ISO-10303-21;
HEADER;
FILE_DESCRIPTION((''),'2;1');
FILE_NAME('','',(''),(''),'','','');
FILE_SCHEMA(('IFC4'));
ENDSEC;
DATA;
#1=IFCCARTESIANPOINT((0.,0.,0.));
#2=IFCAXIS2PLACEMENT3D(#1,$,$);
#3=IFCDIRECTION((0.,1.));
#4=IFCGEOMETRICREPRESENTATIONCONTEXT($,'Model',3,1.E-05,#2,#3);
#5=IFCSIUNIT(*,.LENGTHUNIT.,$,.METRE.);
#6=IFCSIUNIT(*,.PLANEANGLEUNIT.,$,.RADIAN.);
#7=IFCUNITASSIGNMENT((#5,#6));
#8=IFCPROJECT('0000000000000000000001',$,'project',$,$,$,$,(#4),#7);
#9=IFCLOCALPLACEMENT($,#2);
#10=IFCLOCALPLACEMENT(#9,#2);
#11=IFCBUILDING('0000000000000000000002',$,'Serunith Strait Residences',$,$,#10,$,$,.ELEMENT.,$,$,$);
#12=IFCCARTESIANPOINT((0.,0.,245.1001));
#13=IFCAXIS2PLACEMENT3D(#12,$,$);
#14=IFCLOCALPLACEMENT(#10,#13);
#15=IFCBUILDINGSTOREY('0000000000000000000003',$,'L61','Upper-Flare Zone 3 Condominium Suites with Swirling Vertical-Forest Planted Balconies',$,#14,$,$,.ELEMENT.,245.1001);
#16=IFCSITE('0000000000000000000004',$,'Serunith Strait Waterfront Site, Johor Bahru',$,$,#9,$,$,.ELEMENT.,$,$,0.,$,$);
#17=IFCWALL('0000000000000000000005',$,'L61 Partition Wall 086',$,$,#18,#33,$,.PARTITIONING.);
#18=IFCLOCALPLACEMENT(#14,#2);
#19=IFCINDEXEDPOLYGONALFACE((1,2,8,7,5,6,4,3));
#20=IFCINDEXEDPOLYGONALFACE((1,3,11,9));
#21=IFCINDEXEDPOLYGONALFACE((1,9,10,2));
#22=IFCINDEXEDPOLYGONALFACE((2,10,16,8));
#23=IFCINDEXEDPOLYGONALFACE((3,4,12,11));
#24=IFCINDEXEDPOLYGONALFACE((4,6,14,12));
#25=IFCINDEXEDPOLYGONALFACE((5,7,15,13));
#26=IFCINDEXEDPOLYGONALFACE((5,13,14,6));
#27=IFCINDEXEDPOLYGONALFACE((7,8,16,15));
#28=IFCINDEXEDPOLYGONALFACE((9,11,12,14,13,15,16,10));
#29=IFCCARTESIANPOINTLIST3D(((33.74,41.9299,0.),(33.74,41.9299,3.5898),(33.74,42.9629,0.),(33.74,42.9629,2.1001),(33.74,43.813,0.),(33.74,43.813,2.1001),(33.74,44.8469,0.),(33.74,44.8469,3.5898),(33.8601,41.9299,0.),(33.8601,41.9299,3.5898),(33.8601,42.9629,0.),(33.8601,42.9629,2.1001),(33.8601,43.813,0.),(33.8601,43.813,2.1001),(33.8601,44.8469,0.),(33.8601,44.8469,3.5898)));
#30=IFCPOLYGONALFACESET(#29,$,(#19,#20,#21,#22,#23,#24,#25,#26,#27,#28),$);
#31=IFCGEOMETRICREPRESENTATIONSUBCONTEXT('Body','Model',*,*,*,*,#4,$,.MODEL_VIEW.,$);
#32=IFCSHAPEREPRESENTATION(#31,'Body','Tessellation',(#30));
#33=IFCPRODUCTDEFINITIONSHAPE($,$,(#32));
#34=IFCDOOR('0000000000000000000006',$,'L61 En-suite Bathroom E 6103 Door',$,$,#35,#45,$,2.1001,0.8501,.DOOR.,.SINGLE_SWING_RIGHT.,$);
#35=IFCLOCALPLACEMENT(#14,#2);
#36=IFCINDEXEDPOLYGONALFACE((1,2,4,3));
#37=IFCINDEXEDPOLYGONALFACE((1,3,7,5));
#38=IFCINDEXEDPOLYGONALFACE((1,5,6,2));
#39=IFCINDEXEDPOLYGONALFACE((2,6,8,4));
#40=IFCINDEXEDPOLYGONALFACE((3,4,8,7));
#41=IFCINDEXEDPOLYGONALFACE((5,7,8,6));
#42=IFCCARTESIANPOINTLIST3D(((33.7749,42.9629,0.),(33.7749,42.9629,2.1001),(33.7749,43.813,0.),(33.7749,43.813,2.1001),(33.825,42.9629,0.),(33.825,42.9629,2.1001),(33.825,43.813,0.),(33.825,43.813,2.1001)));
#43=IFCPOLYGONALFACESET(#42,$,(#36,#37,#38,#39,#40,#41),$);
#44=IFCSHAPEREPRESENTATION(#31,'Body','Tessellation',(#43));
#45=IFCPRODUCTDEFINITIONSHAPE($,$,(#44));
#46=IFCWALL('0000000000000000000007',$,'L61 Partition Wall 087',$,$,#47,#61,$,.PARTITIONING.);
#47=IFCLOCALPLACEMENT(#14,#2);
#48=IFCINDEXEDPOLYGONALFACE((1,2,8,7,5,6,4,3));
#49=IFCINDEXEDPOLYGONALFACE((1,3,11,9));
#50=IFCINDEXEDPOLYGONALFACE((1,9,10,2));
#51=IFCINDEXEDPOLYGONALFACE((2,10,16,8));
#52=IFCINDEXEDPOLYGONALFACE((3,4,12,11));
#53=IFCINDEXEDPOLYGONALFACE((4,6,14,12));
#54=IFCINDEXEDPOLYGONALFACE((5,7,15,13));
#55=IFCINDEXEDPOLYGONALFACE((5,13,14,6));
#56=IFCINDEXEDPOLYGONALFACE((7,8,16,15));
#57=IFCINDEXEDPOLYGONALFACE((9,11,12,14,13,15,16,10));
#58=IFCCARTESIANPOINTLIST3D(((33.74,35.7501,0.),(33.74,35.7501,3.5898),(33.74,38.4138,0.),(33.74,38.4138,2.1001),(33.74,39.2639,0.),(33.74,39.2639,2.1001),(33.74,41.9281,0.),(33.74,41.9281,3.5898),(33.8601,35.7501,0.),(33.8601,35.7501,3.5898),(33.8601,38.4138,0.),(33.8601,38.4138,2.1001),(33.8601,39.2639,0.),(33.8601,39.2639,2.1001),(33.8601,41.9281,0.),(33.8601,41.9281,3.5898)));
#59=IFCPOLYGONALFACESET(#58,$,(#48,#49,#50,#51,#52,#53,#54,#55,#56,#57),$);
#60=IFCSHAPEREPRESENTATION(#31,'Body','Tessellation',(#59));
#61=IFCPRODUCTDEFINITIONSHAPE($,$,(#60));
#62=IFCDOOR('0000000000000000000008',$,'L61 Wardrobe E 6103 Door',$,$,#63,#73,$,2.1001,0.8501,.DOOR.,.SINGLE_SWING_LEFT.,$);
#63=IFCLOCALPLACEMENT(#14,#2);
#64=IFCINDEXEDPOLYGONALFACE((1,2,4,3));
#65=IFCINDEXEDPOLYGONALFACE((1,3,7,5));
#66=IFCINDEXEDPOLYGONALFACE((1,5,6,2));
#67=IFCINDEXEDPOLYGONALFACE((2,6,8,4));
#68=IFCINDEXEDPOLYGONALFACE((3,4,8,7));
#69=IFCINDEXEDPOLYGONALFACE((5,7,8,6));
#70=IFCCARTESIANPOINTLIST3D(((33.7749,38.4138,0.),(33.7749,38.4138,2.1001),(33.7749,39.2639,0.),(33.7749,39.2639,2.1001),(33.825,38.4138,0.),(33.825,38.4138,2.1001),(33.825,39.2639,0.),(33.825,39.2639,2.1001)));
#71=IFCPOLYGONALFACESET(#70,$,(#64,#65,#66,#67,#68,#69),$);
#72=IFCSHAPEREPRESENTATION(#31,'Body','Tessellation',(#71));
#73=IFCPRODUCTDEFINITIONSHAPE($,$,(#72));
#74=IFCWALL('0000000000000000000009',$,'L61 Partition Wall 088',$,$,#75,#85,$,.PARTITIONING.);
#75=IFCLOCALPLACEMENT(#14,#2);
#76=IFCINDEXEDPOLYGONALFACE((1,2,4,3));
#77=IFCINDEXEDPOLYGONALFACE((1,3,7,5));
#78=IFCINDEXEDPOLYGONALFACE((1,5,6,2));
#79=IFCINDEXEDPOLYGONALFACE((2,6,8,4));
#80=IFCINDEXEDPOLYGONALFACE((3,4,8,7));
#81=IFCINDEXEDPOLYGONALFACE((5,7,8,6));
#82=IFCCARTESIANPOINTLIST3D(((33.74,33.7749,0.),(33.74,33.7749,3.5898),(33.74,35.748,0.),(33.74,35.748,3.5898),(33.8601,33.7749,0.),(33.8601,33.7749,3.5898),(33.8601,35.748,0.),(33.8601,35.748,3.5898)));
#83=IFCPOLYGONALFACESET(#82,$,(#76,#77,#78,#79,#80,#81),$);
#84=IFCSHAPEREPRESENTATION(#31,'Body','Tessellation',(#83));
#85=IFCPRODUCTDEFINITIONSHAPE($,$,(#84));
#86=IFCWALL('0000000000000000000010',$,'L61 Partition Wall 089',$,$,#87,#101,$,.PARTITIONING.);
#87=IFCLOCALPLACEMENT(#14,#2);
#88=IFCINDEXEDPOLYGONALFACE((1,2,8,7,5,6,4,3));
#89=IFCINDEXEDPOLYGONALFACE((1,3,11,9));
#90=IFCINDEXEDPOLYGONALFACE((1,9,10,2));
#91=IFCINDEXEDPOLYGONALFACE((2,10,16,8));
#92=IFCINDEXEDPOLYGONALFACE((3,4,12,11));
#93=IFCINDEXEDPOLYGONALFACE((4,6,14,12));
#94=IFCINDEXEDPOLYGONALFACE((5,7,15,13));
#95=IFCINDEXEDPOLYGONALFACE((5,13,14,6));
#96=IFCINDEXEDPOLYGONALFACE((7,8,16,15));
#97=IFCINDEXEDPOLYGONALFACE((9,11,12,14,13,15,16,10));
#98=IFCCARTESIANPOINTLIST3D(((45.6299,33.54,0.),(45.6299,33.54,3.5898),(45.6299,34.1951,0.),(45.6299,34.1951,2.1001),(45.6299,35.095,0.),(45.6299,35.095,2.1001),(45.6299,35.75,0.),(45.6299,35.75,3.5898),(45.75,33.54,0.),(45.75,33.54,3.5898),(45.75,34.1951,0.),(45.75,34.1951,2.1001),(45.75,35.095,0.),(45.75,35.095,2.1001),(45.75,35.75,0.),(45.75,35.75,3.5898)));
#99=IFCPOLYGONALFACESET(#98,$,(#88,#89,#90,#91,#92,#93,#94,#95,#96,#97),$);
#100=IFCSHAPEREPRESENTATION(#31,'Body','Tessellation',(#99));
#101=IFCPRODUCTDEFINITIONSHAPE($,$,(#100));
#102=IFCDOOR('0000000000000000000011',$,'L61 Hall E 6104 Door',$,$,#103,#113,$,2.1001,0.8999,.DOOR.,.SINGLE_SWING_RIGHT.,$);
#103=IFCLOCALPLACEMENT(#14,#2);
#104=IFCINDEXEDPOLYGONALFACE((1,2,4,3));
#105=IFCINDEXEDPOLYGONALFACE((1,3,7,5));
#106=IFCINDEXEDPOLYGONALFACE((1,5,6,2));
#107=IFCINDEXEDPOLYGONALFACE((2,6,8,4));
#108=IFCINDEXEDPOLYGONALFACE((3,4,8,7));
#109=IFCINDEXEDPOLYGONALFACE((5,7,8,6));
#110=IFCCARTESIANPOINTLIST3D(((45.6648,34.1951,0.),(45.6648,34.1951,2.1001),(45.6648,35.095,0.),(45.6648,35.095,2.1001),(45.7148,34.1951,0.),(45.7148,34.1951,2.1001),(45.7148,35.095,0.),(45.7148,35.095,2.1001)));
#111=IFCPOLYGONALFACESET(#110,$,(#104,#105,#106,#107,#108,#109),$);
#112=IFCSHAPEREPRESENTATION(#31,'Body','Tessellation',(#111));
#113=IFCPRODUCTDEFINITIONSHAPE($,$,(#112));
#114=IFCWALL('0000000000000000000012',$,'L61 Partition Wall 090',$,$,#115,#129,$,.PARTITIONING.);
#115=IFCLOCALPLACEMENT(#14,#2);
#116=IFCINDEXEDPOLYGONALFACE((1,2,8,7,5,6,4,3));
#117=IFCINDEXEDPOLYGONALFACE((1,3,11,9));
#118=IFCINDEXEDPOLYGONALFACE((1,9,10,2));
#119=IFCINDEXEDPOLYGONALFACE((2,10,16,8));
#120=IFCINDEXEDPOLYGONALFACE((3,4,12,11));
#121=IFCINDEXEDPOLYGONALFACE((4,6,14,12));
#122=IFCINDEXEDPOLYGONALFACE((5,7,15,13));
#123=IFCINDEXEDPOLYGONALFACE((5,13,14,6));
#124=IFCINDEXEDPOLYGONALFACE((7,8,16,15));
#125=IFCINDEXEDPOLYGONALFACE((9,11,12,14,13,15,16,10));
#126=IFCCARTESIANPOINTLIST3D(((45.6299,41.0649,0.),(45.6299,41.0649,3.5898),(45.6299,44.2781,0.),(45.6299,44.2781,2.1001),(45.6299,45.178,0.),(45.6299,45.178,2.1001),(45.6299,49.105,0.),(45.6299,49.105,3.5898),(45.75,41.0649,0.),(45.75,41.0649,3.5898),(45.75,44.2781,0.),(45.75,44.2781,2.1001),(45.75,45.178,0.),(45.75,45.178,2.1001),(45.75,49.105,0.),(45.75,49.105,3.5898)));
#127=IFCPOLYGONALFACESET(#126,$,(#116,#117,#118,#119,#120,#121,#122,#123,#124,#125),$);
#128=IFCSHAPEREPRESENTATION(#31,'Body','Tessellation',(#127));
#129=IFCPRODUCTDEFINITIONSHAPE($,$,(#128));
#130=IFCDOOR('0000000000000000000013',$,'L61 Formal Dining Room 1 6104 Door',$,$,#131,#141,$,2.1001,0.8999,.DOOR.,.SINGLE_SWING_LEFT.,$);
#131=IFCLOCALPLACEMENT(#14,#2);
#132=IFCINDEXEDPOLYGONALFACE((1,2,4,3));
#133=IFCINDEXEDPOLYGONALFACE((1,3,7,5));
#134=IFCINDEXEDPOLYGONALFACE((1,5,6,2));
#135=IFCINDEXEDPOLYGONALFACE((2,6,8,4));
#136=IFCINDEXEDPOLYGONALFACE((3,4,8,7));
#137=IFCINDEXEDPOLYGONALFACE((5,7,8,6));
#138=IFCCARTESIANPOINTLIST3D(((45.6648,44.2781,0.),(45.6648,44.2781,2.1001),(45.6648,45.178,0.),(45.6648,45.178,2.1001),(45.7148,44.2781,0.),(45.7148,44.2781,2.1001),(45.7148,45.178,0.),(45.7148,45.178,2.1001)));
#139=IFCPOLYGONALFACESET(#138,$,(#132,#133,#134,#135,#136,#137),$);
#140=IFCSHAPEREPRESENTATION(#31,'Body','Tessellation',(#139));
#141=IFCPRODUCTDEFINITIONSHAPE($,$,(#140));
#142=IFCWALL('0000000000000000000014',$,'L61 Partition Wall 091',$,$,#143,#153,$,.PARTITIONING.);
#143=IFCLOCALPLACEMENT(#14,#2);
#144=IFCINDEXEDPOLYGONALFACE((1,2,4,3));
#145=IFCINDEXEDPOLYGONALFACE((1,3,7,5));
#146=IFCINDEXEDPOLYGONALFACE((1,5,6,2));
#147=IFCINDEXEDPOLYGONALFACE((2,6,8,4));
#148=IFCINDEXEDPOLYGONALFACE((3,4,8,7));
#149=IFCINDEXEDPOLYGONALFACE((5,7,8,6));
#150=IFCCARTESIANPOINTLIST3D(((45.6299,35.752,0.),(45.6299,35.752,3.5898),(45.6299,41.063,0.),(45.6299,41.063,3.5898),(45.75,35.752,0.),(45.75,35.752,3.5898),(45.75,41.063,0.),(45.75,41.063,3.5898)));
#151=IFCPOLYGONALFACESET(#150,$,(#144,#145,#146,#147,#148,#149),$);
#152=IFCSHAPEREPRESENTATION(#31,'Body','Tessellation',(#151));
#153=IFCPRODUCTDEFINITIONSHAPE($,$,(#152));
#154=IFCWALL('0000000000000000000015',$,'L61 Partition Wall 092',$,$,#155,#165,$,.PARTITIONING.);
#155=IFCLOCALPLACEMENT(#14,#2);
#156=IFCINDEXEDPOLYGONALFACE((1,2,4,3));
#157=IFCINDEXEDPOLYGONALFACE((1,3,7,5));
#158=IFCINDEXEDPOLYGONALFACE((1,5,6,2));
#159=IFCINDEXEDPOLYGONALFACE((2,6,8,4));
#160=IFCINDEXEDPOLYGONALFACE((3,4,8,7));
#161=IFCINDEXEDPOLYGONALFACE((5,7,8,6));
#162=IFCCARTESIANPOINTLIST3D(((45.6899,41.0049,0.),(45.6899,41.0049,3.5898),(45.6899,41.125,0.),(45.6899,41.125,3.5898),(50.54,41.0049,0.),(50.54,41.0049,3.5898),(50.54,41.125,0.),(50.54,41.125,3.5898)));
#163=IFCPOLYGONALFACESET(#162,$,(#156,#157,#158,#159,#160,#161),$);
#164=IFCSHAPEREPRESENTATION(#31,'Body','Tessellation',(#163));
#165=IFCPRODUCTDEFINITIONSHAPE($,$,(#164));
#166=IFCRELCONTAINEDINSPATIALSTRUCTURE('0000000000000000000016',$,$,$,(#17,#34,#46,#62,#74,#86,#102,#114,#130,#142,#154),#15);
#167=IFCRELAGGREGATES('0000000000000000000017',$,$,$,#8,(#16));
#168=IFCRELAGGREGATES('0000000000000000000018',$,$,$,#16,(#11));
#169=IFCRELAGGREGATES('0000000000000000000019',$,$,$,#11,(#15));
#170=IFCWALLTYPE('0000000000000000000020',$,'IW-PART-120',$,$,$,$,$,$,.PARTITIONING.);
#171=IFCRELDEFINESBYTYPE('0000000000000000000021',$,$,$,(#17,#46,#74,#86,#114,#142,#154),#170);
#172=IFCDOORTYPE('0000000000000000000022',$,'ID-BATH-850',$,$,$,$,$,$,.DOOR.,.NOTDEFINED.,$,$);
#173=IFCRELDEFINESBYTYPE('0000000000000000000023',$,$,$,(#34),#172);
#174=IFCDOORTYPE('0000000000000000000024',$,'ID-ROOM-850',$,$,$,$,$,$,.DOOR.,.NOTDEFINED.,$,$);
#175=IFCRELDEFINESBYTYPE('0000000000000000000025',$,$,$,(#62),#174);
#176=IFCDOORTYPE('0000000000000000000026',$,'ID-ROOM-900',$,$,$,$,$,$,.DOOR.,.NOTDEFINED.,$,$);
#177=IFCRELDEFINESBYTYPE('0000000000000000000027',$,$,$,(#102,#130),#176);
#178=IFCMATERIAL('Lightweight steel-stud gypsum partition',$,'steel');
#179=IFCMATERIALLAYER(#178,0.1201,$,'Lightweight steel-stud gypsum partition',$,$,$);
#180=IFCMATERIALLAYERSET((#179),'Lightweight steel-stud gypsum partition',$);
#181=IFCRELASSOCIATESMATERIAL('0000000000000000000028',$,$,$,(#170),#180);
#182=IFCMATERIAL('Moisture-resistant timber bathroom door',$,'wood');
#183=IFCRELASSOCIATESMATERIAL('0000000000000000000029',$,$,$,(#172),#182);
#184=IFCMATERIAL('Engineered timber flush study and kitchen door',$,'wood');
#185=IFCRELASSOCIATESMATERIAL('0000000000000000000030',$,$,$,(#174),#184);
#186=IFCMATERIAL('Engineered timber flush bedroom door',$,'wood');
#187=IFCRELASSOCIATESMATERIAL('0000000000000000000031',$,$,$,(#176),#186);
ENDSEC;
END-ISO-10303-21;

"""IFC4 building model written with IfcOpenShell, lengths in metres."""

from ifc_helpers import new_model, si_unit, direction, frame, frame_2d, origin, place, context, subcontext, project, spatial, rectangle, extrude, source, transform, mapped, material, layer, layer_set, type_object, element, fill, save


model = new_model("IFC4")

# Units and contexts
model_context = context("Model", 3, precision=1e-05, world=origin(), true_north=direction((0.0, 1.0)))
body_context = subcontext(model_context, "Body", "Model", "MODEL_VIEW")
ifc_project = project(units=[si_unit("LENGTHUNIT", "METRE"), si_unit("PLANEANGLEUNIT", "RADIAN")], contexts=[model_context])

# Site, building, storey
site_placement = place(None, origin())
site = spatial("IfcSite", under=ifc_project, at=site_placement, Name="Serunith Strait Waterfront Site, Johor Bahru", CompositionType="ELEMENT", RefElevation=0.0)
building_placement = place(site_placement, origin())
building = spatial("IfcBuilding", under=site, at=building_placement, Name="Serunith Strait Residences", CompositionType="ELEMENT")
storey_placement = place(building_placement, frame((0.0, 0.0, 245.1001)))
storey = spatial("IfcBuildingStorey", under=building, at=storey_placement, Name="L61", Description="Upper-Flare Zone 3 Condominium Suites with Swirling Vertical-Forest Planted Balconies", CompositionType="ELEMENT", Elevation=245.1001)

# Shared definitions
ifc_material_1 = material(Name="Lightweight steel-stud gypsum partition", Category="steel")
ifc_layer_1 = layer(ifc_material_1, 0.1201, Name="Lightweight steel-stud gypsum partition")
ifc_layer_set_1 = layer_set([ifc_layer_1], Name="Lightweight steel-stud gypsum partition")
wall_type = type_object("IfcWallType", Name="IW-PART-120", PredefinedType="PARTITIONING", material=ifc_layer_set_1)

# Walls, openings, doors
wall_1_placement = place(storey_placement, frame((33.8, 44.8469, 0.0), z_axis=(0.0, 0.0, 1.0), x_axis=(0.0, -1.0, 0.0)))
wall_1 = element("IfcWall", 1, at=wall_1_placement, inside=storey, type_object=wall_type, Name="L61 Partition Wall 086", PredefinedType="PARTITIONING", context=body_context, shape_type="SweptSolid", body=[
    extrude(rectangle(XDim=2.917, YDim=0.1201, at=frame_2d((1.4585, 0.0))), origin(), (0.0, 0.0, 1.0), 3.5898),
])
opening_1_placement = place(wall_1_placement, frame((1.0339, 0.0, 0.0)))
opening_1 = element("IfcOpeningElement", 2, at=opening_1_placement, cuts=wall_1, PredefinedType="OPENING", context=body_context, shape_type="SweptSolid", body=[
    extrude(rectangle(XDim=0.8501, YDim=2.1001, at=frame_2d((0.425, 1.05))), frame((0.0, 0.0701, 0.0), z_axis=(0.0, -1.0, 0.0), x_axis=(1.0, 0.0, 0.0)), (0.0, 0.0, 1.0), 0.1401),
])
ifc_material_2 = material(Name="Moisture-resistant timber bathroom door", Category="wood")
door_type_1 = type_object("IfcDoorType", Name="ID-BATH-850", OperationType="NOTDEFINED", PredefinedType="DOOR", material=ifc_material_2)
shared_shape_1 = source(origin(), body_context, "Body", "SweptSolid", [
    extrude(rectangle(XDim=0.8501, YDim=2.1001, at=frame_2d((0.425, 1.05))), frame((0.0, 0.0249, 0.0), z_axis=(0.0, -1.0, 0.0), x_axis=(1.0, 0.0, 0.0)), (0.0, 0.0, 1.0), 0.05),
])
door_1_placement = place(opening_1_placement, origin())
door_1 = element("IfcDoor", 3, at=door_1_placement, inside=storey, type_object=door_type_1, Name="L61 En-suite Bathroom E 6103 Door", OperationType="SINGLE_SWING_RIGHT", OverallHeight=2.1001, OverallWidth=0.8501, PredefinedType="DOOR", context=body_context, shape_type="MappedRepresentation", body=[
    mapped(shared_shape_1, transform((0.0, 0.0, 0.0), scale=1.0)),
])
fill(opening_1, door_1)
wall_2_placement = place(storey_placement, frame((33.8, 41.928, 0.0), z_axis=(0.0, 0.0, 1.0), x_axis=(0.0, -1.0, 0.0)))
wall_2 = element("IfcWall", 4, at=wall_2_placement, inside=storey, type_object=wall_type, Name="L61 Partition Wall 087", PredefinedType="PARTITIONING", context=body_context, shape_type="SweptSolid", body=[
    extrude(rectangle(XDim=6.178, YDim=0.1201, at=frame_2d((3.0889, 0.0))), origin(), (0.0, 0.0, 1.0), 3.5898),
])
opening_2_placement = place(wall_2_placement, frame((2.6641, 0.0, 0.0)))
opening_2 = element("IfcOpeningElement", 5, at=opening_2_placement, cuts=wall_2, PredefinedType="OPENING", context=body_context, shape_type="SweptSolid", body=[
    extrude(rectangle(XDim=0.8501, YDim=2.1001, at=frame_2d((0.425, 1.05))), frame((0.0, 0.0701, 0.0), z_axis=(0.0, -1.0, 0.0), x_axis=(1.0, 0.0, 0.0)), (0.0, 0.0, 1.0), 0.1401),
])
ifc_material_3 = material(Name="Engineered timber flush study and kitchen door", Category="wood")
door_type_2 = type_object("IfcDoorType", Name="ID-ROOM-850", OperationType="NOTDEFINED", PredefinedType="DOOR", material=ifc_material_3)
door_2_placement = place(opening_2_placement, origin())
door_2 = element("IfcDoor", 6, at=door_2_placement, inside=storey, type_object=door_type_2, Name="L61 Wardrobe E 6103 Door", OperationType="SINGLE_SWING_LEFT", OverallHeight=2.1001, OverallWidth=0.8501, PredefinedType="DOOR", context=body_context, shape_type="MappedRepresentation", body=[
    mapped(shared_shape_1, transform((0.0, 0.0, 0.0), scale=1.0)),
])
fill(opening_2, door_2)

# Wall
wall_3_placement = place(storey_placement, frame((33.8, 35.748, 0.0), z_axis=(0.0, 0.0, 1.0), x_axis=(0.0, -1.0, 0.0)))
element("IfcWall", 7, at=wall_3_placement, inside=storey, type_object=wall_type, Name="L61 Partition Wall 088", PredefinedType="PARTITIONING", context=body_context, shape_type="SweptSolid", body=[
    extrude(rectangle(XDim=1.9731, YDim=0.1201, at=frame_2d((0.9866, 0.0))), origin(), (0.0, 0.0, 1.0), 3.5898),
])

# Walls, openings, doors
wall_4_placement = place(storey_placement, frame((45.6899, 35.75, 0.0), z_axis=(0.0, 0.0, 1.0), x_axis=(0.0, -1.0, 0.0)))
wall_4 = element("IfcWall", 8, at=wall_4_placement, inside=storey, type_object=wall_type, Name="L61 Partition Wall 089", PredefinedType="PARTITIONING", context=body_context, shape_type="SweptSolid", body=[
    extrude(rectangle(XDim=2.21, YDim=0.1201, at=frame_2d((1.105, 0.0))), origin(), (0.0, 0.0, 1.0), 3.5898),
])
opening_3_placement = place(wall_4_placement, frame((0.655, 0.0, 0.0)))
opening_3 = element("IfcOpeningElement", 9, at=opening_3_placement, cuts=wall_4, PredefinedType="OPENING", context=body_context, shape_type="SweptSolid", body=[
    extrude(rectangle(XDim=0.8999, YDim=2.1001, at=frame_2d((0.45, 1.05))), frame((0.0, 0.0701, 0.0), z_axis=(0.0, -1.0, 0.0), x_axis=(1.0, 0.0, 0.0)), (0.0, 0.0, 1.0), 0.1401),
])
ifc_material_4 = material(Name="Engineered timber flush bedroom door", Category="wood")
door_type_3 = type_object("IfcDoorType", Name="ID-ROOM-900", OperationType="NOTDEFINED", PredefinedType="DOOR", material=ifc_material_4)
shared_shape_2 = source(origin(), body_context, "Body", "SweptSolid", [
    extrude(rectangle(XDim=0.8999, YDim=2.1001, at=frame_2d((0.45, 1.05))), frame((0.0, 0.0249, 0.0), z_axis=(0.0, -1.0, 0.0), x_axis=(1.0, 0.0, 0.0)), (0.0, 0.0, 1.0), 0.05),
])
door_3_placement = place(opening_3_placement, origin())
door_3 = element("IfcDoor", 10, at=door_3_placement, inside=storey, type_object=door_type_3, Name="L61 Hall E 6104 Door", OperationType="SINGLE_SWING_RIGHT", OverallHeight=2.1001, OverallWidth=0.8999, PredefinedType="DOOR", context=body_context, shape_type="MappedRepresentation", body=[
    mapped(shared_shape_2, transform((0.0, 0.0, 0.0), scale=1.0)),
])
fill(opening_3, door_3)
wall_5_placement = place(storey_placement, frame((45.6899, 49.105, 0.0), z_axis=(0.0, 0.0, 1.0), x_axis=(0.0, -1.0, 0.0)))
wall_5 = element("IfcWall", 11, at=wall_5_placement, inside=storey, type_object=wall_type, Name="L61 Partition Wall 090", PredefinedType="PARTITIONING", context=body_context, shape_type="SweptSolid", body=[
    extrude(rectangle(XDim=8.04, YDim=0.1201, at=frame_2d((4.02, 0.0))), origin(), (0.0, 0.0, 1.0), 3.5898),
])
opening_4_placement = place(wall_5_placement, frame((3.927, 0.0, 0.0)))
opening_4 = element("IfcOpeningElement", 12, at=opening_4_placement, cuts=wall_5, PredefinedType="OPENING", context=body_context, shape_type="SweptSolid", body=[
    extrude(rectangle(XDim=0.8999, YDim=2.1001, at=frame_2d((0.45, 1.05))), frame((0.0, 0.0701, 0.0), z_axis=(0.0, -1.0, 0.0), x_axis=(1.0, 0.0, 0.0)), (0.0, 0.0, 1.0), 0.1401),
])
door_4_placement = place(opening_4_placement, origin())
door_4 = element("IfcDoor", 13, at=door_4_placement, inside=storey, type_object=door_type_3, Name="L61 Formal Dining Room 1 6104 Door", OperationType="SINGLE_SWING_LEFT", OverallHeight=2.1001, OverallWidth=0.8999, PredefinedType="DOOR", context=body_context, shape_type="MappedRepresentation", body=[
    mapped(shared_shape_2, transform((0.0, 0.0, 0.0), scale=1.0)),
])
fill(opening_4, door_4)

# Walls
wall_6_placement = place(storey_placement, frame((45.6899, 41.063, 0.0), z_axis=(0.0, 0.0, 1.0), x_axis=(0.0, -1.0, 0.0)))
element("IfcWall", 14, at=wall_6_placement, inside=storey, type_object=wall_type, Name="L61 Partition Wall 091", PredefinedType="PARTITIONING", context=body_context, shape_type="SweptSolid", body=[
    extrude(rectangle(XDim=5.311, YDim=0.1201, at=frame_2d((2.6555, 0.0))), origin(), (0.0, 0.0, 1.0), 3.5898),
])
wall_7_placement = place(storey_placement, frame((45.6899, 41.0649, 0.0), z_axis=(0.0, 0.0, 1.0), x_axis=(1.0, 0.0, 0.0)))
element("IfcWall", 15, at=wall_7_placement, inside=storey, type_object=wall_type, Name="L61 Partition Wall 092", PredefinedType="PARTITIONING", context=body_context, shape_type="SweptSolid", body=[
    extrude(rectangle(XDim=4.8501, YDim=0.1201, at=frame_2d((2.425, 0.0))), origin(), (0.0, 0.0, 1.0), 3.5898),
])

save(model, "model.ifc")
